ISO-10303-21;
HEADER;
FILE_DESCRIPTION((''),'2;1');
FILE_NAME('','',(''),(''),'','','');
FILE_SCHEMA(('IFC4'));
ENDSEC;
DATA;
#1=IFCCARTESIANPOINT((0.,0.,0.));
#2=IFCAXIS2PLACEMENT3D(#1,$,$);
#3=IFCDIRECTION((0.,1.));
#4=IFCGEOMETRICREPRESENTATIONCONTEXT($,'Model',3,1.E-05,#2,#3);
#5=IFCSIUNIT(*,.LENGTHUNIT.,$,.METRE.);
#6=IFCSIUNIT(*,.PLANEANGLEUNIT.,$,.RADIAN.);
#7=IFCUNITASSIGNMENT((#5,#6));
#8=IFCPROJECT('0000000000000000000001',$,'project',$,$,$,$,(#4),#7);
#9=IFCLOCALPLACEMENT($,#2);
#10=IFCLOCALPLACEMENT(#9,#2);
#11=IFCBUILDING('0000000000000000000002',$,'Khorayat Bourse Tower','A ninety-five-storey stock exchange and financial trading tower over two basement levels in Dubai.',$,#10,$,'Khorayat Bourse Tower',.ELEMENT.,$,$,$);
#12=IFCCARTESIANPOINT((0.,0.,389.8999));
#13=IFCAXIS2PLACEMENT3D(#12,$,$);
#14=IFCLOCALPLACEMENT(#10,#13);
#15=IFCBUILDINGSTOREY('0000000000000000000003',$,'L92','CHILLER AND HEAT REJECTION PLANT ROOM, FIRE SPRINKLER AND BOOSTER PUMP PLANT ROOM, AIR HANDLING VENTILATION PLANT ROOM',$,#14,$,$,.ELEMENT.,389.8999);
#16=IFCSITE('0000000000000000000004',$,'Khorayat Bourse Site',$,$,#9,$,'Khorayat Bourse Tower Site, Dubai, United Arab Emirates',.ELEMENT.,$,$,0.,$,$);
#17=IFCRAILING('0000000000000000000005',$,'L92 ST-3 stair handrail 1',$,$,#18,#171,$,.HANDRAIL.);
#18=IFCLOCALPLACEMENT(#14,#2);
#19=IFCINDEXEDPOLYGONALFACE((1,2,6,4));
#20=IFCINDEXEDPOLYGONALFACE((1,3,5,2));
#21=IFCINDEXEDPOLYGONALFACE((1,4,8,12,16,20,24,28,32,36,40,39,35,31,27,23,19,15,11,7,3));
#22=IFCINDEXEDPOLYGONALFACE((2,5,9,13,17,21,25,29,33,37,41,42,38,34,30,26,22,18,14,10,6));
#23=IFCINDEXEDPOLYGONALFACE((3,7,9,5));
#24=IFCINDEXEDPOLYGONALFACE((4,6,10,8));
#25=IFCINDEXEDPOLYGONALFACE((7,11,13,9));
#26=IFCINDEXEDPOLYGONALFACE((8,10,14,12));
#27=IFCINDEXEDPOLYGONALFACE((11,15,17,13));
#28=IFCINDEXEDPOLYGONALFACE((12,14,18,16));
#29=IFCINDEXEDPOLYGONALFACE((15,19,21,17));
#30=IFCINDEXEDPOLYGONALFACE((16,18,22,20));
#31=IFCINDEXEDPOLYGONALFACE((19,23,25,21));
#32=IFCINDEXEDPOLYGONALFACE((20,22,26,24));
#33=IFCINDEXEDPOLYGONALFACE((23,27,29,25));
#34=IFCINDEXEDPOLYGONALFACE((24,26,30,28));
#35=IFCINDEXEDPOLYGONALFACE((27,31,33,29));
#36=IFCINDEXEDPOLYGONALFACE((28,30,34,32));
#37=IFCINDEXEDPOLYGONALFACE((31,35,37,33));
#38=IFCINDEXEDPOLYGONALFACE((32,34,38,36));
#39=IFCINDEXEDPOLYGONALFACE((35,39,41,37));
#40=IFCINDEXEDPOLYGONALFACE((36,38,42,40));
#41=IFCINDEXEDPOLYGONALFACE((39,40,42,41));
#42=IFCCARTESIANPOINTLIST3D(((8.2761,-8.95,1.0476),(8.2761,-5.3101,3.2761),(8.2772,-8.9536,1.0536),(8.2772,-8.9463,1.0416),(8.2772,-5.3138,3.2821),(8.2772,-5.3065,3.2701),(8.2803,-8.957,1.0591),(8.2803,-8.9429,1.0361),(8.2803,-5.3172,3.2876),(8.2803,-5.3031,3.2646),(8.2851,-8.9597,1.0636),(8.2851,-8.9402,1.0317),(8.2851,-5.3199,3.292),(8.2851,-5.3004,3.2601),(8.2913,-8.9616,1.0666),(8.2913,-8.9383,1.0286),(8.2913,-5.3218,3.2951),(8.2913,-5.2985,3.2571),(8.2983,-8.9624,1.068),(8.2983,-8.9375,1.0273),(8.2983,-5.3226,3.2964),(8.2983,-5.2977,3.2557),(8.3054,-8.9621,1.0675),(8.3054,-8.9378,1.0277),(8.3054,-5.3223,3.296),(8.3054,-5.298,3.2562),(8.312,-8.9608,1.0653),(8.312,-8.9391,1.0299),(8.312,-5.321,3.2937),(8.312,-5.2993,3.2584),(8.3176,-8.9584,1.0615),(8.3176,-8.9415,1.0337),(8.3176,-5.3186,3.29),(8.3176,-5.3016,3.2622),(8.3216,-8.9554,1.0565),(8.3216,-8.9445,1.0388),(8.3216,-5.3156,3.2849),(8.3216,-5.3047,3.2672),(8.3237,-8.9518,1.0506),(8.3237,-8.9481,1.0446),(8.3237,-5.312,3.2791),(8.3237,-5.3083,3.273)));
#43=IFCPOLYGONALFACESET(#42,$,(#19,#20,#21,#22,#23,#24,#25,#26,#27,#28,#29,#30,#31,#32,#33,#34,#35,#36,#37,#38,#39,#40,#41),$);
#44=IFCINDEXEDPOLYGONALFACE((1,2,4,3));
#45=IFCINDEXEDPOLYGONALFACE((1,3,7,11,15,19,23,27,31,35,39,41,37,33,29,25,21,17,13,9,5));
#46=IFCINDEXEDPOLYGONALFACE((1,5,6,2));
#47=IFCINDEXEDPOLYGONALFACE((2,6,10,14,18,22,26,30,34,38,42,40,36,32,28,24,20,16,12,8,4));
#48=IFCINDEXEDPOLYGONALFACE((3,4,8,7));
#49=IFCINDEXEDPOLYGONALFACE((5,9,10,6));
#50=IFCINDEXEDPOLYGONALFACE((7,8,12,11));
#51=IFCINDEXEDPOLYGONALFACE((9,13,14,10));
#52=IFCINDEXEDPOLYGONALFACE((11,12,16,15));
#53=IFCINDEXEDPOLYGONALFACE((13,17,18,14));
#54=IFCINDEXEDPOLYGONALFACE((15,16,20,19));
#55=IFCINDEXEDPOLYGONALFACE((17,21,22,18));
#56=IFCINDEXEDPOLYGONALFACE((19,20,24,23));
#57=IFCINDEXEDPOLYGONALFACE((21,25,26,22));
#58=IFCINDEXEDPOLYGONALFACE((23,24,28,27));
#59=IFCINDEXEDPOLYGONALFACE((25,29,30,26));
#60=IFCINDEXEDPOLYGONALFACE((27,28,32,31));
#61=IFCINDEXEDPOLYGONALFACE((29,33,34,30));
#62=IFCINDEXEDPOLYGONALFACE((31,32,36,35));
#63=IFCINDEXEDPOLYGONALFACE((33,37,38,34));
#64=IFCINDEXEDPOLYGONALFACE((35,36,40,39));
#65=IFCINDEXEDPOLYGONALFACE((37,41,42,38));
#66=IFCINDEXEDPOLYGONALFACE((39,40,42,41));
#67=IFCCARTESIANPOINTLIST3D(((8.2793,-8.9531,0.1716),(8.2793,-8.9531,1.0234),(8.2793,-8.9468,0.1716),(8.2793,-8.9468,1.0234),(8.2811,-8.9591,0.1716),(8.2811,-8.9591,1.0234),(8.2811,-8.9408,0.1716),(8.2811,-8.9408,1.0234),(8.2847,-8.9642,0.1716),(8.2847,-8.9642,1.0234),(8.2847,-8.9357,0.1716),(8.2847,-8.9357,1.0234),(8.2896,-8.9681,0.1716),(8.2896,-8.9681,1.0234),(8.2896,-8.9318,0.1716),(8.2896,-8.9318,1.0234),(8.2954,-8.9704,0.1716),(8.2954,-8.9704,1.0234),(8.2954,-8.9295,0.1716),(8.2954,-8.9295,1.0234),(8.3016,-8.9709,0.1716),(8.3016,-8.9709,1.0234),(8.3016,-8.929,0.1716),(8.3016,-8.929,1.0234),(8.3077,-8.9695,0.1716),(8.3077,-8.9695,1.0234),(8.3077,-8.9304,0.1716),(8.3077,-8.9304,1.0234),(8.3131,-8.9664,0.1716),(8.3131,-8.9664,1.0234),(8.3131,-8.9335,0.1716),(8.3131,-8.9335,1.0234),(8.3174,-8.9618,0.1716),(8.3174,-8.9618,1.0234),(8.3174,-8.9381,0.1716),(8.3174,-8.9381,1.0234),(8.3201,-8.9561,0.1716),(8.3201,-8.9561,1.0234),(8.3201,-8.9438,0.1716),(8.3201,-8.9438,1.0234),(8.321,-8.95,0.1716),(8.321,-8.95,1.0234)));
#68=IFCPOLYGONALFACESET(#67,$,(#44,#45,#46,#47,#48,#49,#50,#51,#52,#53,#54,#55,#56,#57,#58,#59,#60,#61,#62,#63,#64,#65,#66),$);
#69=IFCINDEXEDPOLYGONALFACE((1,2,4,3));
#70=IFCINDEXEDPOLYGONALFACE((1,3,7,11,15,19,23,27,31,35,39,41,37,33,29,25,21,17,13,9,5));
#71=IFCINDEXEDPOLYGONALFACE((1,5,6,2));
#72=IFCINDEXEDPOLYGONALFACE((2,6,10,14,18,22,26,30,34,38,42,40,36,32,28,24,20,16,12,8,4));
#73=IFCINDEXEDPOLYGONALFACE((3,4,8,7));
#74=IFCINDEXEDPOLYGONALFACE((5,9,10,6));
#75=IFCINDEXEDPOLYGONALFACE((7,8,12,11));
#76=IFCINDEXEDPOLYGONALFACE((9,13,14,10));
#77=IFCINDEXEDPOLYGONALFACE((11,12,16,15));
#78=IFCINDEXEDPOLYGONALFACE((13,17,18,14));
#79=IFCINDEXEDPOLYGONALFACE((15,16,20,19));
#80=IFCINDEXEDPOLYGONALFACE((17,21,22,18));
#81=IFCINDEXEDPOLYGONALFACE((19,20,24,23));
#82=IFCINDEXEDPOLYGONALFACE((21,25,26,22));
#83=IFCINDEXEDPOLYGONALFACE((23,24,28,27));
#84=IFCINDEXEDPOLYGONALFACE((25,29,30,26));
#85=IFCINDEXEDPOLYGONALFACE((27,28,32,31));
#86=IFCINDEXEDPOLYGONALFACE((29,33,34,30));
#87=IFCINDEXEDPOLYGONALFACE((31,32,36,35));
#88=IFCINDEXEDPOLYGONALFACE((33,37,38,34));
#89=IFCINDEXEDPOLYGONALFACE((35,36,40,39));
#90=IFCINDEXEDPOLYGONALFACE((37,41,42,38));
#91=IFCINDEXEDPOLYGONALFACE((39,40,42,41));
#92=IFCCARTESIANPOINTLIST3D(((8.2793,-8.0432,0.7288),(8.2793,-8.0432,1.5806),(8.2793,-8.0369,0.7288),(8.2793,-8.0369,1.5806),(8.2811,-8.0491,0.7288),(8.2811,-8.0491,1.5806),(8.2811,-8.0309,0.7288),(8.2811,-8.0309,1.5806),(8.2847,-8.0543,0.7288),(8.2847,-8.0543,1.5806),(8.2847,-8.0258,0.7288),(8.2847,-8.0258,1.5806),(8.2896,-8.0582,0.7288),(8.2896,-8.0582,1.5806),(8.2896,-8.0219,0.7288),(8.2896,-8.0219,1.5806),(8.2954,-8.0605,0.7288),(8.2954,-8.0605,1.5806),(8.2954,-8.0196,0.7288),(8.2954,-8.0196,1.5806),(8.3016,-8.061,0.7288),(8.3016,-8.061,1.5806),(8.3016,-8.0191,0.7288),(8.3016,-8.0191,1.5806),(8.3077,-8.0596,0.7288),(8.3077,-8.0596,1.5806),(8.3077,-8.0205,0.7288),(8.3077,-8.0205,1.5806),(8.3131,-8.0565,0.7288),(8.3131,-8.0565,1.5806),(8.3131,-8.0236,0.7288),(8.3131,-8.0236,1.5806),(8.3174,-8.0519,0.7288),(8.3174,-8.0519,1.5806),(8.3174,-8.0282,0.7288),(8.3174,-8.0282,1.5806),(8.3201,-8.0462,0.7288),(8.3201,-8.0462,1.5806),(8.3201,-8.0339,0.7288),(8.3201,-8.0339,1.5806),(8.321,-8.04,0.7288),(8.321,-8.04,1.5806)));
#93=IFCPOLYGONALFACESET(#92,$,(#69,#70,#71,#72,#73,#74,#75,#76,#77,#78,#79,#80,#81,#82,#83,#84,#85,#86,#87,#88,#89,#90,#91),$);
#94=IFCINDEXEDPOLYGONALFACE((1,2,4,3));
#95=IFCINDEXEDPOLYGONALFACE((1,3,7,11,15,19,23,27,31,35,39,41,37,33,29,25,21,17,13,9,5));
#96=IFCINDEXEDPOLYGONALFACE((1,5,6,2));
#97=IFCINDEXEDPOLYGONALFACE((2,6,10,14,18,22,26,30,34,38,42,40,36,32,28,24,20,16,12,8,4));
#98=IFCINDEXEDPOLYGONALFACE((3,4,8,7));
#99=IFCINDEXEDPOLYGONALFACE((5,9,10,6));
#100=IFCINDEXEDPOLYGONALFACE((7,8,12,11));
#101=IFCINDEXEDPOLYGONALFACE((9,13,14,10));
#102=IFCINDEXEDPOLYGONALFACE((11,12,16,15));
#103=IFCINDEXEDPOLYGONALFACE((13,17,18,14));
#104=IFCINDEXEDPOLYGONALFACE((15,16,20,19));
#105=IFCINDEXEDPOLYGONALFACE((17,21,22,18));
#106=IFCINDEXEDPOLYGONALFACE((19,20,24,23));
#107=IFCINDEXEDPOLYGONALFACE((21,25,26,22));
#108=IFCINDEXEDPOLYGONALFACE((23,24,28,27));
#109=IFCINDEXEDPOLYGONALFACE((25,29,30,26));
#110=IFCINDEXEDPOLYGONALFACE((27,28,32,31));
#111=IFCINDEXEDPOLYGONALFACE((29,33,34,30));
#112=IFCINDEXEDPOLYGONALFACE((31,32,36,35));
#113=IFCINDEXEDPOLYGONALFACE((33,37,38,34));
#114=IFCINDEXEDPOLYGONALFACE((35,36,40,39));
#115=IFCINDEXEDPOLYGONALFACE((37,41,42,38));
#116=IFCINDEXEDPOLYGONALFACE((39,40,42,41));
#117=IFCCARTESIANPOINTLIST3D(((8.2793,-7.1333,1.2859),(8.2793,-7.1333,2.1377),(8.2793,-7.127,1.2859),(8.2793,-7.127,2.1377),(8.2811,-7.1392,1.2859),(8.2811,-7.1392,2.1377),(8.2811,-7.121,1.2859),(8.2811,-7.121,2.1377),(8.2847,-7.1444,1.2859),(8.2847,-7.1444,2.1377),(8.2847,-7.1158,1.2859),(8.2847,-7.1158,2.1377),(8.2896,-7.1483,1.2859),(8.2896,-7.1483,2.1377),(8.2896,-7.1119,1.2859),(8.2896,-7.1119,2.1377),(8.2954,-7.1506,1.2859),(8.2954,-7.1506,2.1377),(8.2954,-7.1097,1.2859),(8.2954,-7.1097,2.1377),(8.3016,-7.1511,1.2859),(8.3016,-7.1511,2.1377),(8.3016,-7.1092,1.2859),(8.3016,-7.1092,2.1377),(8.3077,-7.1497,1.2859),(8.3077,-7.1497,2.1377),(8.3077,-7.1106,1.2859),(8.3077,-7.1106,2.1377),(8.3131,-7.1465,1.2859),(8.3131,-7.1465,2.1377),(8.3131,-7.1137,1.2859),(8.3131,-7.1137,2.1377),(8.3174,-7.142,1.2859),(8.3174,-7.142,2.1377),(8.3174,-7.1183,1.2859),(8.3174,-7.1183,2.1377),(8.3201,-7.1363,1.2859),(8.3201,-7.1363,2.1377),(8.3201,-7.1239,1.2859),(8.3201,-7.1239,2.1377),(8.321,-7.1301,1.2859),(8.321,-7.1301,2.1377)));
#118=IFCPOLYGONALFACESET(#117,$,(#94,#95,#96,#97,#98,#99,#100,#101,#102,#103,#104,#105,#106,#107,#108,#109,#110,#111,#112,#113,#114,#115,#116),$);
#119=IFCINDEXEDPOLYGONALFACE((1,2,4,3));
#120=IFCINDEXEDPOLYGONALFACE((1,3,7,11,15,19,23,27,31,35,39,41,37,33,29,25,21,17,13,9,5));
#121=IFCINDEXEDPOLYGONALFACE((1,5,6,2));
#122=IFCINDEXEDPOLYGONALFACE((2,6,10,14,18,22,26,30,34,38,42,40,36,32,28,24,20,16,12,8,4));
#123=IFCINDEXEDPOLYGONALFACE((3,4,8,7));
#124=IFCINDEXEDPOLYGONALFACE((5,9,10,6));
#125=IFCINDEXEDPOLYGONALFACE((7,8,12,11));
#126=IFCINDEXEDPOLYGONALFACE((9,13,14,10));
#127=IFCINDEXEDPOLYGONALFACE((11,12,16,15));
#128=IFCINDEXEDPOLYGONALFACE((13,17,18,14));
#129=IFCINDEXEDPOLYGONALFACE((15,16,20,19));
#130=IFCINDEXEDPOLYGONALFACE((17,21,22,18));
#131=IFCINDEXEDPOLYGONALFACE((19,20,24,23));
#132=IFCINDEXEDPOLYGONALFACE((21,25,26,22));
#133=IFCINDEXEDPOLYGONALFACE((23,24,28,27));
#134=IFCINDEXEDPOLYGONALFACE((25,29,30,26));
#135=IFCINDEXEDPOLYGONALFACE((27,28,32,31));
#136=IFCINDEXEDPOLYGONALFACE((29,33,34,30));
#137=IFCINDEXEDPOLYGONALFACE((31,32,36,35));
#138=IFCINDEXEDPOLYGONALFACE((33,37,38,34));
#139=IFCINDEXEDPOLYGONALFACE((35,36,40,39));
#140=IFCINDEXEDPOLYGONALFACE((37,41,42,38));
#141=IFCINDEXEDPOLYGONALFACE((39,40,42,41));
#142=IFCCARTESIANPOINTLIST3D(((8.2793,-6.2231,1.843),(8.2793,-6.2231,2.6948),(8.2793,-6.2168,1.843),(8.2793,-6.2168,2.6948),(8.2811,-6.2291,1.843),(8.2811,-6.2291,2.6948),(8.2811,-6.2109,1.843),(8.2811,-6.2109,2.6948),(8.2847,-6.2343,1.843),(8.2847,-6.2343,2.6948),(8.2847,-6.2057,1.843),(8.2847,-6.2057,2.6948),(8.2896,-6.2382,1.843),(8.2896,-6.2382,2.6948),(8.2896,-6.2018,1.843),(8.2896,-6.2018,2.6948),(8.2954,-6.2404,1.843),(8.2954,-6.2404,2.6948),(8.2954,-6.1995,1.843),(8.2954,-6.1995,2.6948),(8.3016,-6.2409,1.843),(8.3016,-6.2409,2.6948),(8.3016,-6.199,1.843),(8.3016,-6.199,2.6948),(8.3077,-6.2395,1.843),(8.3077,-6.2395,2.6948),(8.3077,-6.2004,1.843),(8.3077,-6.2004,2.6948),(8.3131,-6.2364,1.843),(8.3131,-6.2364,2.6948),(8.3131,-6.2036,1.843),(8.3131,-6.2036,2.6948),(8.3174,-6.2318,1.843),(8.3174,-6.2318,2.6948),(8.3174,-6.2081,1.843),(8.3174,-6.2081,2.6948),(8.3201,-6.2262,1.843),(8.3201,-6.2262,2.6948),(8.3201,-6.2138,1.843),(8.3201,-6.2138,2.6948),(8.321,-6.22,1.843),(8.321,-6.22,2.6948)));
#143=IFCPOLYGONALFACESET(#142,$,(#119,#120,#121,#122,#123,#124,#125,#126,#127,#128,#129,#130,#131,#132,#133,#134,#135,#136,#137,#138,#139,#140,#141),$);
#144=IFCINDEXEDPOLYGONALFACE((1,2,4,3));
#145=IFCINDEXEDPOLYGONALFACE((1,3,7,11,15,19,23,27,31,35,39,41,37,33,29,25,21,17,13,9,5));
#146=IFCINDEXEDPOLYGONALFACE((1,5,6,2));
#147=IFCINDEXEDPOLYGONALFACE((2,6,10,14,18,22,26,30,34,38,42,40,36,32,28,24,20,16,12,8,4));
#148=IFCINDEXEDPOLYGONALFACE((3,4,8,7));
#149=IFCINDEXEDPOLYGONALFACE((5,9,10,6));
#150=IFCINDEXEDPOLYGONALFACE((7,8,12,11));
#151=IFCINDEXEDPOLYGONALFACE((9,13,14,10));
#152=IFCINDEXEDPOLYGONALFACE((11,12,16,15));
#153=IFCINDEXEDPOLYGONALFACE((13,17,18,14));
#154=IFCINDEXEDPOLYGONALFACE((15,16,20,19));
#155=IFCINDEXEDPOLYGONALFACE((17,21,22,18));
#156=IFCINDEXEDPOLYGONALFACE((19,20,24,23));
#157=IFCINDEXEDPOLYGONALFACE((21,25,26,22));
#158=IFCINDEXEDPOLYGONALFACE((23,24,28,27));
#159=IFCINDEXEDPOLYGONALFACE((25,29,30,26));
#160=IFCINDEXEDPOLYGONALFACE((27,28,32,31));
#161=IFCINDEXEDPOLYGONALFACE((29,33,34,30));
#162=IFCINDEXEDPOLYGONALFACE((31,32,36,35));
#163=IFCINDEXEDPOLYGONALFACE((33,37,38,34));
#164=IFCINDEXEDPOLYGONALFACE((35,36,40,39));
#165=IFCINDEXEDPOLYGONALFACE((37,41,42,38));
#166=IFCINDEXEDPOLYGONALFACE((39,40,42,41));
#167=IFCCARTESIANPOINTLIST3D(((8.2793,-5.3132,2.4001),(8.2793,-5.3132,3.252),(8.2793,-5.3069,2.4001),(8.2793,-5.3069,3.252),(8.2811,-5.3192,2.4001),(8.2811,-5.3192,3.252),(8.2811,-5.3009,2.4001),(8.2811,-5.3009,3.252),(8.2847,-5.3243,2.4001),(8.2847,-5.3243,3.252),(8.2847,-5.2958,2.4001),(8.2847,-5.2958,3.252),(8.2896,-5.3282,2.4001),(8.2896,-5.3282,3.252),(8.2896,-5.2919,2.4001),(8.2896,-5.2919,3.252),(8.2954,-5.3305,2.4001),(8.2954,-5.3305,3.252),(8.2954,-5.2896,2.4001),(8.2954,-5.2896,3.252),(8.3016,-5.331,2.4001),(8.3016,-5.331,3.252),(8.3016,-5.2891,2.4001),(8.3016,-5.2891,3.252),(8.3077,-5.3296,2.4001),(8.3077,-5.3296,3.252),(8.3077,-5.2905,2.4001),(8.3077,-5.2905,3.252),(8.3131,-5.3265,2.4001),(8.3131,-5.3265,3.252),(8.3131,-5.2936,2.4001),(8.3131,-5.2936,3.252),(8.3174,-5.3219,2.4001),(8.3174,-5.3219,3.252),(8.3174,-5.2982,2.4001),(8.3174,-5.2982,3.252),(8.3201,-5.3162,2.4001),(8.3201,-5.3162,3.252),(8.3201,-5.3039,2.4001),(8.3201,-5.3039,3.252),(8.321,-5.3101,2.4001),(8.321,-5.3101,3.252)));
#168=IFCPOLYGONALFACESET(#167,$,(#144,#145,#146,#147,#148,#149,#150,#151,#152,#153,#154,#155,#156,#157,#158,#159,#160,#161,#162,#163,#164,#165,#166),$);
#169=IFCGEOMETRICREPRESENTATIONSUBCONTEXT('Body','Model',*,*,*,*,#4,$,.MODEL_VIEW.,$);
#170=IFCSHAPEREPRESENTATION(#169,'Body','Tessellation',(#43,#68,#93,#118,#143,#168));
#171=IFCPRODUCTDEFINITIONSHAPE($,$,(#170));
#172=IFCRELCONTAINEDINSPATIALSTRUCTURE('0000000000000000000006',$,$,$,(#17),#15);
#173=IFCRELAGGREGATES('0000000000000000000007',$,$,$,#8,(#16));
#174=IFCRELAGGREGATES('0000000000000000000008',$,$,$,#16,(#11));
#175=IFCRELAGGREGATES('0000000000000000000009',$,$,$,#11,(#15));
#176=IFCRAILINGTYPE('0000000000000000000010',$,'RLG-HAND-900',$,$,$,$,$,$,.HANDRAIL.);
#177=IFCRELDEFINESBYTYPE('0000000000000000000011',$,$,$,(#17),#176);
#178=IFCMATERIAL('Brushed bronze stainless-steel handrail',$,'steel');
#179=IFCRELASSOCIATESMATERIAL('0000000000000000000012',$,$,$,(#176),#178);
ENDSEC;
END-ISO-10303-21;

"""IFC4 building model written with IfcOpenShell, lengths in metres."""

from ifc_helpers import new_model, si_unit, direction, frame, origin, origin_2d, place, context, subcontext, project, spatial, circle, extrude, source, transform, mapped, material, type_object, element, save


model = new_model("IFC4")

# Units and contexts
model_context = context("Model", 3, precision=1e-05, world=origin(), true_north=direction((0.0, 1.0)))
body_context = subcontext(model_context, "Body", "Model", "MODEL_VIEW")
ifc_project = project(units=[si_unit("LENGTHUNIT", "METRE"), si_unit("PLANEANGLEUNIT", "RADIAN")], contexts=[model_context])

# Site, building, storey
site_placement = place(None, origin())
site = spatial("IfcSite", under=ifc_project, at=site_placement, Name="Khorayat Bourse Site", LongName="Khorayat Bourse Tower Site, Dubai, United Arab Emirates", CompositionType="ELEMENT", RefElevation=0.0)
building_placement = place(site_placement, origin())
building = spatial("IfcBuilding", under=site, at=building_placement, Name="Khorayat Bourse Tower", Description="A ninety-five-storey stock exchange and financial trading tower over two basement levels in Dubai.", LongName="Khorayat Bourse Tower", CompositionType="ELEMENT")
storey_placement = place(building_placement, frame((0.0, 0.0, 389.8999)))
storey = spatial("IfcBuildingStorey", under=building, at=storey_placement, Name="L92", Description="CHILLER AND HEAT REJECTION PLANT ROOM, FIRE SPRINKLER AND BOOSTER PUMP PLANT ROOM, AIR HANDLING VENTILATION PLANT ROOM", CompositionType="ELEMENT", Elevation=389.8999)

# Railing
ifc_material_1 = material(Name="Brushed bronze stainless-steel handrail", Category="steel")
railing_type_1 = type_object("IfcRailingType", Name="RLG-HAND-900", PredefinedType="HANDRAIL", material=ifc_material_1)
shared_shape_1 = source(origin(), body_context, "Body", "SweptSolid", [
    extrude(circle(Radius=0.0239, at=origin_2d()), frame((0.0, 0.0, 0.876), z_axis=(0.0, 0.85285, 0.522156), x_axis=(-1.0, 0.0, 0.0)), (0.0, 0.0, 1.0), 4.2678),
    extrude(circle(Radius=0.021, at=origin_2d()), origin(), (0.0, 0.0, 1.0), 0.8518),
    extrude(circle(Radius=0.021, at=origin_2d()), frame((0.0, 0.9099, 0.5571)), (0.0, 0.0, 1.0), 0.8518),
    extrude(circle(Radius=0.021, at=origin_2d()), frame((0.0, 1.8198, 1.1143)), (0.0, 0.0, 1.0), 0.8518),
    extrude(circle(Radius=0.021, at=origin_2d()), frame((0.0, 2.73, 1.6714)), (0.0, 0.0, 1.0), 0.8518),
    extrude(circle(Radius=0.021, at=origin_2d()), frame((0.0, 3.6399, 2.2285)), (0.0, 0.0, 1.0), 0.8518),
])
railing_1_placement = place(storey_placement, frame((8.3, -8.95, 0.1716)))
element("IfcRailing", 1, at=railing_1_placement, inside=storey, type_object=railing_type_1, Name="L92 ST-3 stair handrail 1", PredefinedType="HANDRAIL", context=body_context, shape_type="MappedRepresentation", body=[
    mapped(shared_shape_1, transform((0.0, 0.0, 0.0), scale=1.0)),
])

save(model, "model.ifc")
